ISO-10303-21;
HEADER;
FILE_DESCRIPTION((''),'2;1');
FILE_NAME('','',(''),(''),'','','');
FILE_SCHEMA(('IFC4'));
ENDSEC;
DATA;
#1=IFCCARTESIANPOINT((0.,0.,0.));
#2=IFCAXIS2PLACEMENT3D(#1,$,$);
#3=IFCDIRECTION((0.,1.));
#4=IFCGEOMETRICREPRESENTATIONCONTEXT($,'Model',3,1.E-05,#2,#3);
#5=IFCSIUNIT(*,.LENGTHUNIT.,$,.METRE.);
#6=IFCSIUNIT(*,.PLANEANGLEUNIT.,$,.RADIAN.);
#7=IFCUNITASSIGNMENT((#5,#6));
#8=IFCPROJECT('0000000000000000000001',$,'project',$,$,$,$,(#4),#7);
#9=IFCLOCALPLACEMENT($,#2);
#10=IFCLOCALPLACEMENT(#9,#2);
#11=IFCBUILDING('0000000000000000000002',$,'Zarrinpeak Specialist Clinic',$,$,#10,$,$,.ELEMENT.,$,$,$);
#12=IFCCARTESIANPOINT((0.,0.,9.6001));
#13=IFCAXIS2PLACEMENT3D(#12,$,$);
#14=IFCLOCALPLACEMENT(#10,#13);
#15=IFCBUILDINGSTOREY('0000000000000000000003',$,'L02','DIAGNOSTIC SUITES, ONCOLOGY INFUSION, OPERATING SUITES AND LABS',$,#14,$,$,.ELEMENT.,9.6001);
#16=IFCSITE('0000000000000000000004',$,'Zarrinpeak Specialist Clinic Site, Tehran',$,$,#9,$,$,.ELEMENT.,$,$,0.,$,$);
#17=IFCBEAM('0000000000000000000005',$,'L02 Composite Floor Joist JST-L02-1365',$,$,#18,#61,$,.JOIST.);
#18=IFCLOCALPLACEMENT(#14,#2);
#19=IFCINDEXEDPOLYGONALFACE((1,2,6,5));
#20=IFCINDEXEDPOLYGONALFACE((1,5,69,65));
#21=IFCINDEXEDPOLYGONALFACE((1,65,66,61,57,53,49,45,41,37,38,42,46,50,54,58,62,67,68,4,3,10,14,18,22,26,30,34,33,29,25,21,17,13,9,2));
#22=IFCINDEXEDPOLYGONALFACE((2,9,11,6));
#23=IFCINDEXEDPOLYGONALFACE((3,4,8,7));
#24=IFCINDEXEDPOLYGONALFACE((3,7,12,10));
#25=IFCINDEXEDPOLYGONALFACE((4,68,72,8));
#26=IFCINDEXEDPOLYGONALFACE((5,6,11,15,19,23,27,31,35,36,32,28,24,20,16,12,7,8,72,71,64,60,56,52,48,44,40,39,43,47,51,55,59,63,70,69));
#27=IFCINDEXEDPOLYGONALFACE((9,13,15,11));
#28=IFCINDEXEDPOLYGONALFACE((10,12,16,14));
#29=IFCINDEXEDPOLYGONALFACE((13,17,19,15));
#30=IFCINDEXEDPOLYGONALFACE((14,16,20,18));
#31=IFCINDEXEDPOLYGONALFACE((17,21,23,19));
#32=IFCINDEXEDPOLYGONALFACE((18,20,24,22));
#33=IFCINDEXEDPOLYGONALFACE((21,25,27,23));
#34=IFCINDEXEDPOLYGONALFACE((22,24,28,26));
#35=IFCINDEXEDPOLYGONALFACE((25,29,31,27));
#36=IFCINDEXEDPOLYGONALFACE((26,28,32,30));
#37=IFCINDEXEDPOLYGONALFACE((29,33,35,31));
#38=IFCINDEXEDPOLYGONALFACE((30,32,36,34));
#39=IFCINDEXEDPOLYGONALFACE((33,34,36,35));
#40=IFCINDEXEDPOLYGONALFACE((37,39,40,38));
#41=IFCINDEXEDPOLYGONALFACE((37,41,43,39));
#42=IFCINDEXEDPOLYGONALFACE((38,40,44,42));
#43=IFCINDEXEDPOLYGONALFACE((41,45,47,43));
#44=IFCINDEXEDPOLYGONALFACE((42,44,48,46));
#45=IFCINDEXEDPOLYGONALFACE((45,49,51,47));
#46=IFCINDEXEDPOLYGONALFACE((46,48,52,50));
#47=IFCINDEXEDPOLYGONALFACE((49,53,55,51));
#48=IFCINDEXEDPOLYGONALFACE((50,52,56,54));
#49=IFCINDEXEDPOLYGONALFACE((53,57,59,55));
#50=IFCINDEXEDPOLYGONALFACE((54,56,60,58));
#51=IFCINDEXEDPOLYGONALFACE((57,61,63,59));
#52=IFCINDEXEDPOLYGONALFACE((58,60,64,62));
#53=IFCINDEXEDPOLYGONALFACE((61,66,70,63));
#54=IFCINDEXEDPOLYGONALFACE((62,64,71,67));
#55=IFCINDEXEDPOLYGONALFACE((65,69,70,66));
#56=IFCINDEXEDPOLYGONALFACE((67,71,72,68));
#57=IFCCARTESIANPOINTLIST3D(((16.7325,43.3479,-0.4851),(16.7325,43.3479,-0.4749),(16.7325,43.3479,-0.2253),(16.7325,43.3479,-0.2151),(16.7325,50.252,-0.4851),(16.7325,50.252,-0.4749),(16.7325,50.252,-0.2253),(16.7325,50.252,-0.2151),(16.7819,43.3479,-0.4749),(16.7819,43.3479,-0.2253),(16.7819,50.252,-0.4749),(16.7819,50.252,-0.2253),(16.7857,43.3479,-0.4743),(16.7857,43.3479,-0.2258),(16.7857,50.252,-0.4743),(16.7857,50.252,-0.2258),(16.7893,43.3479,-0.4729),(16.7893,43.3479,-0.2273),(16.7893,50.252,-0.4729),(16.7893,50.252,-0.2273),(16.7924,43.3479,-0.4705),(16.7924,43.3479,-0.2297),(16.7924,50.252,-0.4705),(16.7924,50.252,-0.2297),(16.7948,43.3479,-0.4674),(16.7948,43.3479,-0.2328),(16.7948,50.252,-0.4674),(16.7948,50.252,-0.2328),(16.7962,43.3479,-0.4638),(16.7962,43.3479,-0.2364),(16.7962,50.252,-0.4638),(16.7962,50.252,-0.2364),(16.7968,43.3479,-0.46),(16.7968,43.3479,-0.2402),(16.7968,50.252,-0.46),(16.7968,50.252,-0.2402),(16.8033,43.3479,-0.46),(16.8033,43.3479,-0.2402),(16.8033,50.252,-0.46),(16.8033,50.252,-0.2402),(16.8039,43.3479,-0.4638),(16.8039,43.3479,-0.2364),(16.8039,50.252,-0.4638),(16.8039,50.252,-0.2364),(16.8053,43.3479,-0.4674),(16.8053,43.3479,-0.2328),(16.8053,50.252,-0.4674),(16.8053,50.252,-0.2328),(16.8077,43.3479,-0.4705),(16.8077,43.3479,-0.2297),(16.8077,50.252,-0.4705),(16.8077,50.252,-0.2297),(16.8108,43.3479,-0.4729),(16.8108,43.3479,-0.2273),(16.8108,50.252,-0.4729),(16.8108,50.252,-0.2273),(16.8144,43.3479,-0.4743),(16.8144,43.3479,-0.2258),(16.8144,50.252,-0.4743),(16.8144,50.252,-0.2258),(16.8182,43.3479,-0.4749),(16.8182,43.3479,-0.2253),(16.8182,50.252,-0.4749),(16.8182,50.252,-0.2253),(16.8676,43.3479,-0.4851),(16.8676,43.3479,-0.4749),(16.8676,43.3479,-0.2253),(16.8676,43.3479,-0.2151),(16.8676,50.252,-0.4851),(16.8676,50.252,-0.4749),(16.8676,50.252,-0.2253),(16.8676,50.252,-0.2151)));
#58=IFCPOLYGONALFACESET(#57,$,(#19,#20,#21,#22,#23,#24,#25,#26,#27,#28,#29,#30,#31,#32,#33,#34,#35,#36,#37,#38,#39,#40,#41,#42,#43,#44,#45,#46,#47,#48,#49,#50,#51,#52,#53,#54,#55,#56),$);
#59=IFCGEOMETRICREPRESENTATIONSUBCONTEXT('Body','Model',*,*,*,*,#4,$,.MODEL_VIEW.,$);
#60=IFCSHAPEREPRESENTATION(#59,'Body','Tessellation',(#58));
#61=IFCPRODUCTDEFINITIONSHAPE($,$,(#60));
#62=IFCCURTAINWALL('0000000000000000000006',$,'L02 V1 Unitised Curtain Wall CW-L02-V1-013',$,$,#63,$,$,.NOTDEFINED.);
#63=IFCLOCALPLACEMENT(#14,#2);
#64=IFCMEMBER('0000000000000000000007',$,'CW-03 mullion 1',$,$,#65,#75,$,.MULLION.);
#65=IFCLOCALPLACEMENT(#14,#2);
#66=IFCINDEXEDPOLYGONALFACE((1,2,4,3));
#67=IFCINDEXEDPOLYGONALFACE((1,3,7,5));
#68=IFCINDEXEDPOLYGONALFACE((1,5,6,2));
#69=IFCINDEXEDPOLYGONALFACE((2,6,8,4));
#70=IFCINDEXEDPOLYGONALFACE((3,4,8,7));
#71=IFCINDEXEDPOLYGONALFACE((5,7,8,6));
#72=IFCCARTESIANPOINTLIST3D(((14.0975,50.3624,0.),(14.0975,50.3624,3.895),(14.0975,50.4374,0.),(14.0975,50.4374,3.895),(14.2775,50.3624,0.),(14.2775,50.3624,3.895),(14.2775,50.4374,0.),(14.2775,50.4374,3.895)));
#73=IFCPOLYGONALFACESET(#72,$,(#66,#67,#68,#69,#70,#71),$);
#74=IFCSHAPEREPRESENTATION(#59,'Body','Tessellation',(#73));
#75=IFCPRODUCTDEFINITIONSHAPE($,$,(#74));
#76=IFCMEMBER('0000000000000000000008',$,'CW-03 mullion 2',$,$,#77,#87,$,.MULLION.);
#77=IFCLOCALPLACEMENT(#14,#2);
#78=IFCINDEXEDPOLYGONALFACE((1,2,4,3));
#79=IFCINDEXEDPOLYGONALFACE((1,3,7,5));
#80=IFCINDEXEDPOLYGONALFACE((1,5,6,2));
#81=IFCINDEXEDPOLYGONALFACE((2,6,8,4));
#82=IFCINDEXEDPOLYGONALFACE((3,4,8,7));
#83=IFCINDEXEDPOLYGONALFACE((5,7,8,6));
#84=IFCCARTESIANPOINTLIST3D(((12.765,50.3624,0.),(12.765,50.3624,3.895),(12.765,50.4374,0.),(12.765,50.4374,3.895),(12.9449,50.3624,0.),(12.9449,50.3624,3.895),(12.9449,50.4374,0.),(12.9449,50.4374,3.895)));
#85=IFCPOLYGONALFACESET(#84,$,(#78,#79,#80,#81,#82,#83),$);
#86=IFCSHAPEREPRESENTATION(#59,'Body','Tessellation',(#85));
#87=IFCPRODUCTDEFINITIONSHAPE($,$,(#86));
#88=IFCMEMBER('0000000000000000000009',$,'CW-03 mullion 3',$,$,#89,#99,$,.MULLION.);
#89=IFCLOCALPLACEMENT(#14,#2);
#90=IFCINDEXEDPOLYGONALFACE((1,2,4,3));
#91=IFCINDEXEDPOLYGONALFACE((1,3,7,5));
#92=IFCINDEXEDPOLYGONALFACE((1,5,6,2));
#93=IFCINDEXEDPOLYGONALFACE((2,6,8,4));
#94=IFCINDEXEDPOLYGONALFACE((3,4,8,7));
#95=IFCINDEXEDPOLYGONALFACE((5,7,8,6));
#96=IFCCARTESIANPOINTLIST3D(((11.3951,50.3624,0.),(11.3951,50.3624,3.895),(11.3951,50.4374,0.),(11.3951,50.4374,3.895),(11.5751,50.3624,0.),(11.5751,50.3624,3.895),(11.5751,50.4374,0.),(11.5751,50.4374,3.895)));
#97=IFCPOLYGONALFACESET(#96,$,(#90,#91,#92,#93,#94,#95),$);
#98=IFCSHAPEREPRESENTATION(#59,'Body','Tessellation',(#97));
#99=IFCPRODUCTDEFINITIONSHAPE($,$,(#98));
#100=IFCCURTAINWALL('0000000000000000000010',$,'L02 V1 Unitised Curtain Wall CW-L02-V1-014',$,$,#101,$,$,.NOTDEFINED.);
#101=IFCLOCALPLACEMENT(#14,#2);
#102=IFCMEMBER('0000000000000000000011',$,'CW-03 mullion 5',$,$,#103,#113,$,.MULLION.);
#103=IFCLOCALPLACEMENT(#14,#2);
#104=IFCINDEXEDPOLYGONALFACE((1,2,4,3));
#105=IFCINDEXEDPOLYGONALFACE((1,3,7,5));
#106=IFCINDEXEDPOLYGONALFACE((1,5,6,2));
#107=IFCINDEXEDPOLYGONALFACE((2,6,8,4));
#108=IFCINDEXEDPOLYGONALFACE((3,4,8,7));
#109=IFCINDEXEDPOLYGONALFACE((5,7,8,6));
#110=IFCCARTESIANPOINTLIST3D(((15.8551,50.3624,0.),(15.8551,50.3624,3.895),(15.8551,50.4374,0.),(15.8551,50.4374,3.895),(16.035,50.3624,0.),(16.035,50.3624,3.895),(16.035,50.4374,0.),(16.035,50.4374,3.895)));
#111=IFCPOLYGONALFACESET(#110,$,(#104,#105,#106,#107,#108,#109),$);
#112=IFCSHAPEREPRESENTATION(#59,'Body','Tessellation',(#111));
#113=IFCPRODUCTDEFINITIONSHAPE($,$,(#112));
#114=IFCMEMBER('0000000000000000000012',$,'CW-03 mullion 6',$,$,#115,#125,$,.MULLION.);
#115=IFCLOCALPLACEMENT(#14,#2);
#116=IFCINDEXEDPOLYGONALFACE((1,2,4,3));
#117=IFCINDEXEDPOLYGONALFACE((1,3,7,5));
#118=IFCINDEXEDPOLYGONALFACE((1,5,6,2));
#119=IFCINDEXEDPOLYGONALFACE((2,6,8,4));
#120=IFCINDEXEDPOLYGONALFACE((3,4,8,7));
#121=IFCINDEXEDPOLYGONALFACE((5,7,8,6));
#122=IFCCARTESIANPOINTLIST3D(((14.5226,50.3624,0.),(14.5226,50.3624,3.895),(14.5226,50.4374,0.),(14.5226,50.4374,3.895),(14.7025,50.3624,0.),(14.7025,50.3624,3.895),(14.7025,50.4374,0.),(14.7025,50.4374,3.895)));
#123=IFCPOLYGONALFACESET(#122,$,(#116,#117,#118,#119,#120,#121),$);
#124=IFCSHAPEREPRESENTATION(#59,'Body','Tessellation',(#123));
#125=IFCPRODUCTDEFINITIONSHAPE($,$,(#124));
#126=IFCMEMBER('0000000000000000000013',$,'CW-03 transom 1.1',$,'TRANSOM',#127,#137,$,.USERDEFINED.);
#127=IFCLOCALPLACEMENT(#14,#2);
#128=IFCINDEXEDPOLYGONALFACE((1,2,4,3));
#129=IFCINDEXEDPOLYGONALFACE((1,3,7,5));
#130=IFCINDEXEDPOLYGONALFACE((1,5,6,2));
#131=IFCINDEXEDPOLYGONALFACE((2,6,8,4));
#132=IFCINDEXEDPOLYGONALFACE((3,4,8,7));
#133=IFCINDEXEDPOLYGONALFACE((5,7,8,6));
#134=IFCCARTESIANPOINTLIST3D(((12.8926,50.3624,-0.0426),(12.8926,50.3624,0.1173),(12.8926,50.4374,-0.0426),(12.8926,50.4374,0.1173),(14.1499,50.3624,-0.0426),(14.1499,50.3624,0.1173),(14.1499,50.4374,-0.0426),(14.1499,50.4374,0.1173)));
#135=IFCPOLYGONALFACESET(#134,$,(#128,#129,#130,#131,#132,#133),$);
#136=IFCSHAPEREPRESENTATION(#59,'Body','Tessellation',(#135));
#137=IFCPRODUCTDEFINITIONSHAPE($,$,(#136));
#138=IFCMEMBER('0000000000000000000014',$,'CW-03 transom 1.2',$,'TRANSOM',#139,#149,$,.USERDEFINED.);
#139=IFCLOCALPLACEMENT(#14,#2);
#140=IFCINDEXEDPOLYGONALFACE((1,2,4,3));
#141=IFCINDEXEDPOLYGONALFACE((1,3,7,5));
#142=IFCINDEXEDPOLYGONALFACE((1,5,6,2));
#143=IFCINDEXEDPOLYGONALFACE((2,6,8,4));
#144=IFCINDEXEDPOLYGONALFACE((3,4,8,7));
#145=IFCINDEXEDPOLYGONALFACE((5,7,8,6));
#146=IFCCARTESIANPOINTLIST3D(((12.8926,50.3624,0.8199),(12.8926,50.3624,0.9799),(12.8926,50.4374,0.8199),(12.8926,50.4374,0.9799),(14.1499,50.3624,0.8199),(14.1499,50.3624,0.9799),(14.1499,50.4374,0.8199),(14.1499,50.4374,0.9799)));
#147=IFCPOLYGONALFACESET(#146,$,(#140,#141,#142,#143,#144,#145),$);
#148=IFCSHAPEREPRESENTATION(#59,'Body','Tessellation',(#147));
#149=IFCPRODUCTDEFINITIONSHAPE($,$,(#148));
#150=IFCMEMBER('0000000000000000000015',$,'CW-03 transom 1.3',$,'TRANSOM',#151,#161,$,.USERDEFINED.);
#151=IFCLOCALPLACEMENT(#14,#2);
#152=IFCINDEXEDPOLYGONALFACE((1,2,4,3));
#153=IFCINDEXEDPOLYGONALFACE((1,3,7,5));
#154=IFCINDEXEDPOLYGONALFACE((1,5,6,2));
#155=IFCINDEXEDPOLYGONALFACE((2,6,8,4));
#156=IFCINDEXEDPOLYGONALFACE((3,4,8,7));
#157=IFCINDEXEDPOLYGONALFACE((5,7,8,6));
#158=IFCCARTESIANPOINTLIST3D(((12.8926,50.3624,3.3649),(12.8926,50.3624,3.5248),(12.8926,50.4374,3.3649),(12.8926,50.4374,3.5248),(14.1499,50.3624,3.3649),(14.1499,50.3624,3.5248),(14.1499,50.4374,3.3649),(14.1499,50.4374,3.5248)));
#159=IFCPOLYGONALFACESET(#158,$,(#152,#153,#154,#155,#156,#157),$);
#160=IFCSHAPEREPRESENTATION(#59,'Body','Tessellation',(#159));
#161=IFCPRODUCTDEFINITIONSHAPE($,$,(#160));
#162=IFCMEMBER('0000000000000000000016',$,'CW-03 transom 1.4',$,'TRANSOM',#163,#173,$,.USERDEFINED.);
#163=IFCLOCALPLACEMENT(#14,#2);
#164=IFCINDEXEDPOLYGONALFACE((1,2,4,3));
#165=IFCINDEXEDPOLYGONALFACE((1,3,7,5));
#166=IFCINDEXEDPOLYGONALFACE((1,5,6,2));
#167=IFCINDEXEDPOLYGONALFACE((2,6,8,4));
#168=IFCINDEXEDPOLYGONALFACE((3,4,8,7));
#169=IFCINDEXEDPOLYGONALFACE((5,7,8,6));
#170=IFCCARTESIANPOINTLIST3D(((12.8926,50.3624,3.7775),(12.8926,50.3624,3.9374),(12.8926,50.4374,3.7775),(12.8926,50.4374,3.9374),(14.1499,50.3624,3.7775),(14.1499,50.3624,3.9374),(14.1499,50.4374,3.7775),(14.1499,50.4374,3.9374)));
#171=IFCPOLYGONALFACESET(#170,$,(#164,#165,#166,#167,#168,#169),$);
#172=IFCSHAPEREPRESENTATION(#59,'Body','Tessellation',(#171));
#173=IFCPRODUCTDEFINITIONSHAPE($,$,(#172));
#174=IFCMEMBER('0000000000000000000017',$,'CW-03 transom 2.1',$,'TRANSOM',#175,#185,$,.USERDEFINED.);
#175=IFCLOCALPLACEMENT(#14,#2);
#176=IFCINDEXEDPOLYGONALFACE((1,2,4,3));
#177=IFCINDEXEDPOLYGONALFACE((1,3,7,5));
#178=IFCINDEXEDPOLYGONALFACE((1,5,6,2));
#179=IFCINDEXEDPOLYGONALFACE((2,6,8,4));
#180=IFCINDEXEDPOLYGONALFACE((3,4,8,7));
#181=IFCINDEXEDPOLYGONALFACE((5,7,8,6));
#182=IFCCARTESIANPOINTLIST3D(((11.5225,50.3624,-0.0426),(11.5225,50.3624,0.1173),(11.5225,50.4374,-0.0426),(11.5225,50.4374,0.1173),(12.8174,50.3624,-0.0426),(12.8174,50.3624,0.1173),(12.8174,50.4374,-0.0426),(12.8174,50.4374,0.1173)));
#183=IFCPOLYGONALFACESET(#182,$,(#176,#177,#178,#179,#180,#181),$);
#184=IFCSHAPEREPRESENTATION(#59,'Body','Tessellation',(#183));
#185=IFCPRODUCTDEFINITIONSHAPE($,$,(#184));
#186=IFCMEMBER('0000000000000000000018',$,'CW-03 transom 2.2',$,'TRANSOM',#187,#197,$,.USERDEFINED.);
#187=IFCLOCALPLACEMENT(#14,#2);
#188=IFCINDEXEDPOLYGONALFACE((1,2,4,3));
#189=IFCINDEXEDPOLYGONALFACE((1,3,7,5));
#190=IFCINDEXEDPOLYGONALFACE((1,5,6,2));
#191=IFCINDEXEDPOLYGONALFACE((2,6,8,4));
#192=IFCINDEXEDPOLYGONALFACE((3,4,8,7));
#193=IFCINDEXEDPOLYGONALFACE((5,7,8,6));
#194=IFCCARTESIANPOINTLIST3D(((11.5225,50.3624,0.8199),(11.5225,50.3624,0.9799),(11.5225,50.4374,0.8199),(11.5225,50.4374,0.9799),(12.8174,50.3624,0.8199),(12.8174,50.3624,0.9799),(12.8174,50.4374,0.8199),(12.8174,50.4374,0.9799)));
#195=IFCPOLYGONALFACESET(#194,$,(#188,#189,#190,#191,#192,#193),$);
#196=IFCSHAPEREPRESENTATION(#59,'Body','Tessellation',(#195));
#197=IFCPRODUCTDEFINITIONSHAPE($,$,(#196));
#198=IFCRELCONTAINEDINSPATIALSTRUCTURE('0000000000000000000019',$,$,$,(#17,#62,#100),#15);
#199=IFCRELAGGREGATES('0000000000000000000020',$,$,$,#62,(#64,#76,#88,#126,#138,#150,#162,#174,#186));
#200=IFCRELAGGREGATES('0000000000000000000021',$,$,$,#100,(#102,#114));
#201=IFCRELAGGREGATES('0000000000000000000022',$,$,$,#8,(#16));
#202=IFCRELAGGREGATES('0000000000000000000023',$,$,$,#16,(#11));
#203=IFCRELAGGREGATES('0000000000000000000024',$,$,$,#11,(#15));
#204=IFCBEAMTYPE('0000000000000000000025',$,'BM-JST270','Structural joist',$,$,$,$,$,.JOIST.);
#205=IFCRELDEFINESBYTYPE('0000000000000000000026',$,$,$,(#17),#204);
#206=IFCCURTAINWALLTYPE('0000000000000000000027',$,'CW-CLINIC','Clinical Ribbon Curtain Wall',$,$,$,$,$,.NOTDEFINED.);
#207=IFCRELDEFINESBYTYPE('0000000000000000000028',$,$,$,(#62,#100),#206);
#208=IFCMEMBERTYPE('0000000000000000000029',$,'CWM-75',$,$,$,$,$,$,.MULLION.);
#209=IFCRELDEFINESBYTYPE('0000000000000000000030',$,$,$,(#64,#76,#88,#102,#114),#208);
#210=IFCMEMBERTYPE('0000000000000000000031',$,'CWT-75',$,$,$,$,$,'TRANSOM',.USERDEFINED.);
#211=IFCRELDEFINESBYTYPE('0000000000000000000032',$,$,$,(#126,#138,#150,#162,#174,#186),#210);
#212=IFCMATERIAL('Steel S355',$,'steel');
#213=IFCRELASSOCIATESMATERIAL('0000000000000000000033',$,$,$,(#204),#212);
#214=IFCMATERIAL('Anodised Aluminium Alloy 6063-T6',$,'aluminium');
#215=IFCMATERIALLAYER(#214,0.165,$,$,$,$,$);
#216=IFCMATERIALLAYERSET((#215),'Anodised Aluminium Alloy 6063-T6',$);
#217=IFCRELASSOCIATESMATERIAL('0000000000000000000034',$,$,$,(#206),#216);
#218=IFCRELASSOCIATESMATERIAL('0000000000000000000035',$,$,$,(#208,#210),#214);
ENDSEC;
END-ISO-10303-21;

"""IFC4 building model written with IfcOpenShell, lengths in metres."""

from ifc_helpers import new_model, si_unit, direction, frame, origin, origin_2d, place, context, subcontext, project, spatial, rectangle, i_section, extrude, material, layer, layer_set, material_profile, profile_set, type_object, element, aggregate, save


model = new_model("IFC4")

# Units and contexts
model_context = context("Model", 3, precision=1e-05, world=origin(), true_north=direction((0.0, 1.0)))
body_context = subcontext(model_context, "Body", "Model", "MODEL_VIEW")
ifc_project = project(units=[si_unit("LENGTHUNIT", "METRE"), si_unit("PLANEANGLEUNIT", "RADIAN")], contexts=[model_context])

# Site, building, storey
site_placement = place(None, origin())
site = spatial("IfcSite", under=ifc_project, at=site_placement, Name="Zarrinpeak Specialist Clinic Site, Tehran", CompositionType="ELEMENT", RefElevation=0.0)
building_placement = place(site_placement, origin())
building = spatial("IfcBuilding", under=site, at=building_placement, Name="Zarrinpeak Specialist Clinic", CompositionType="ELEMENT")
storey_placement = place(building_placement, frame((0.0, 0.0, 9.6001)))
storey = spatial("IfcBuildingStorey", under=building, at=storey_placement, Name="L02", Description="DIAGNOSTIC SUITES, ONCOLOGY INFUSION, OPERATING SUITES AND LABS", CompositionType="ELEMENT", Elevation=9.6001)

# Shared definitions
ifc_material_1 = material(Name="Steel S355", Category="steel")

# Beam
ifc_material_profile_1 = material_profile(ifc_material_1, i_section(OverallWidth=0.135, OverallDepth=0.27, WebThickness=0.0066, FlangeThickness=0.0103, FilletRadius=0.0149, at=origin_2d()), Name="IPE 270")
ifc_profile_set_1 = profile_set([ifc_material_profile_1], Name="Steel S355")
beam_type_1 = type_object("IfcBeamType", Name="BM-JST270", Description="Structural joist", PredefinedType="JOIST", material=ifc_profile_set_1)
for number, where, z_axis, x_axis, name in (
    (1, (16.8, 43.3479, -0.3501), (0.0, 1.0, 0.0), (-1.0, 0.0, 0.0), "L02 Composite Floor Joist JST-L02-1365"),
):
    element("IfcBeam", number, at=place(storey_placement, frame(where, z_axis=z_axis, x_axis=x_axis)), inside=storey, type_object=beam_type_1, Name=name, PredefinedType="JOIST", context=body_context, shape_type="SweptSolid", body=[
        extrude(i_section(OverallWidth=0.135, OverallDepth=0.27, WebThickness=0.0066, FlangeThickness=0.0103, FilletRadius=0.0149, at=origin_2d()), origin(), (0.0, 0.0, 1.0), 6.9041),
    ])

# Curtain walls, members
ifc_material_2 = material(Name="Anodised Aluminium Alloy 6063-T6", Category="aluminium")
ifc_layer_1 = layer(ifc_material_2, 0.165)
ifc_layer_set_1 = layer_set([ifc_layer_1], Name="Anodised Aluminium Alloy 6063-T6")
curtain_wall_type = type_object("IfcCurtainWallType", Name="CW-CLINIC", Description="Clinical Ribbon Curtain Wall", PredefinedType="NOTDEFINED", material=ifc_layer_set_1)
curtain_wall_1_placement = place(storey_placement, origin())
curtain_wall_1 = element("IfcCurtainWall", 2, at=curtain_wall_1_placement, inside=storey, type_object=curtain_wall_type, Name="L02 V1 Unitised Curtain Wall CW-L02-V1-013", PredefinedType="NOTDEFINED")
ifc_material_profile_2 = material_profile(ifc_material_2, rectangle(XDim=0.075, YDim=0.1799, at=origin_2d()), Name="ALU 75x180")
ifc_profile_set_2 = profile_set([ifc_material_profile_2], Name="Anodised Aluminium Alloy 6063-T6")
member_type_1 = type_object("IfcMemberType", Name="CWM-75", PredefinedType="MULLION", material=ifc_profile_set_2)
member_1_placement = place(storey_placement, frame((14.1875, 50.3999, 0.0), z_axis=(0.0, 0.0, 1.0), x_axis=(0.0, -1.0, 0.0)))
member_1 = element("IfcMember", 3, at=member_1_placement, type_object=member_type_1, Name="CW-03 mullion 1", PredefinedType="MULLION", context=body_context, shape_type="SweptSolid", body=[
    extrude(rectangle(XDim=0.075, YDim=0.1799, at=origin_2d()), origin(), (0.0, 0.0, 1.0), 3.895),
])
member_2_placement = place(storey_placement, frame((12.855, 50.3999, 0.0), z_axis=(0.0, 0.0, 1.0), x_axis=(0.0, -1.0, 0.0)))
member_2 = element("IfcMember", 4, at=member_2_placement, type_object=member_type_1, Name="CW-03 mullion 2", PredefinedType="MULLION", context=body_context, shape_type="SweptSolid", body=[
    extrude(rectangle(XDim=0.075, YDim=0.1799, at=origin_2d()), origin(), (0.0, 0.0, 1.0), 3.895),
])
member_3_placement = place(storey_placement, frame((11.4851, 50.3999, 0.0), z_axis=(0.0, 0.0, 1.0), x_axis=(0.0, -1.0, 0.0)))
member_3 = element("IfcMember", 5, at=member_3_placement, type_object=member_type_1, Name="CW-03 mullion 3", PredefinedType="MULLION", context=body_context, shape_type="SweptSolid", body=[
    extrude(rectangle(XDim=0.075, YDim=0.1799, at=origin_2d()), origin(), (0.0, 0.0, 1.0), 3.895),
])
curtain_wall_2_placement = place(storey_placement, origin())
curtain_wall_2 = element("IfcCurtainWall", 6, at=curtain_wall_2_placement, inside=storey, type_object=curtain_wall_type, Name="L02 V1 Unitised Curtain Wall CW-L02-V1-014", PredefinedType="NOTDEFINED")
member_4_placement = place(storey_placement, frame((15.9451, 50.3999, 0.0), z_axis=(0.0, 0.0, 1.0), x_axis=(0.0, -1.0, 0.0)))
member_4 = element("IfcMember", 7, at=member_4_placement, type_object=member_type_1, Name="CW-03 mullion 5", PredefinedType="MULLION", context=body_context, shape_type="SweptSolid", body=[
    extrude(rectangle(XDim=0.075, YDim=0.1799, at=origin_2d()), origin(), (0.0, 0.0, 1.0), 3.895),
])
member_5_placement = place(storey_placement, frame((14.6125, 50.3999, 0.0), z_axis=(0.0, 0.0, 1.0), x_axis=(0.0, -1.0, 0.0)))
member_5 = element("IfcMember", 8, at=member_5_placement, type_object=member_type_1, Name="CW-03 mullion 6", PredefinedType="MULLION", context=body_context, shape_type="SweptSolid", body=[
    extrude(rectangle(XDim=0.075, YDim=0.1799, at=origin_2d()), origin(), (0.0, 0.0, 1.0), 3.895),
])

# Members
ifc_material_profile_3 = material_profile(ifc_material_2, rectangle(XDim=0.075, YDim=0.1599, at=origin_2d()), Name="ALU 75x160")
ifc_profile_set_3 = profile_set([ifc_material_profile_3], Name="Anodised Aluminium Alloy 6063-T6")
member_type_2 = type_object("IfcMemberType", Name="CWT-75", ElementType="TRANSOM", PredefinedType="USERDEFINED", material=ifc_profile_set_3)
member_6_placement = place(storey_placement, frame((14.1499, 50.3999, 0.0374), z_axis=(-1.0, 0.0, 0.0), x_axis=(0.0, -1.0, 0.0)))
member_6 = element("IfcMember", 9, at=member_6_placement, type_object=member_type_2, Name="CW-03 transom 1.1", ObjectType="TRANSOM", PredefinedType="USERDEFINED", context=body_context, shape_type="SweptSolid", body=[
    extrude(rectangle(XDim=0.075, YDim=0.1599, at=origin_2d()), origin(), (0.0, 0.0, 1.0), 1.2573),
])
member_7_placement = place(storey_placement, frame((14.1499, 50.3999, 0.8999), z_axis=(-1.0, 0.0, 0.0), x_axis=(0.0, -1.0, 0.0)))
member_7 = element("IfcMember", 10, at=member_7_placement, type_object=member_type_2, Name="CW-03 transom 1.2", ObjectType="TRANSOM", PredefinedType="USERDEFINED", context=body_context, shape_type="SweptSolid", body=[
    extrude(rectangle(XDim=0.075, YDim=0.1599, at=origin_2d()), origin(), (0.0, 0.0, 1.0), 1.2573),
])
member_8_placement = place(storey_placement, frame((14.1499, 50.3999, 3.4448), z_axis=(-1.0, 0.0, 0.0), x_axis=(0.0, -1.0, 0.0)))
member_8 = element("IfcMember", 11, at=member_8_placement, type_object=member_type_2, Name="CW-03 transom 1.3", ObjectType="TRANSOM", PredefinedType="USERDEFINED", context=body_context, shape_type="SweptSolid", body=[
    extrude(rectangle(XDim=0.075, YDim=0.1599, at=origin_2d()), origin(), (0.0, 0.0, 1.0), 1.2573),
])
member_9_placement = place(storey_placement, frame((14.1499, 50.3999, 3.8574), z_axis=(-1.0, 0.0, 0.0), x_axis=(0.0, -1.0, 0.0)))
member_9 = element("IfcMember", 12, at=member_9_placement, type_object=member_type_2, Name="CW-03 transom 1.4", ObjectType="TRANSOM", PredefinedType="USERDEFINED", context=body_context, shape_type="SweptSolid", body=[
    extrude(rectangle(XDim=0.075, YDim=0.1599, at=origin_2d()), origin(), (0.0, 0.0, 1.0), 1.2573),
])
member_10_placement = place(storey_placement, frame((12.8174, 50.3999, 0.0374), z_axis=(-1.0, 0.0, 0.0), x_axis=(0.0, -1.0, 0.0)))
member_10 = element("IfcMember", 13, at=member_10_placement, type_object=member_type_2, Name="CW-03 transom 2.1", ObjectType="TRANSOM", PredefinedType="USERDEFINED", context=body_context, shape_type="SweptSolid", body=[
    extrude(rectangle(XDim=0.075, YDim=0.1599, at=origin_2d()), origin(), (0.0, 0.0, 1.0), 1.2949),
])
member_11_placement = place(storey_placement, frame((12.8174, 50.3999, 0.8999), z_axis=(-1.0, 0.0, 0.0), x_axis=(0.0, -1.0, 0.0)))
member_11 = element("IfcMember", 14, at=member_11_placement, type_object=member_type_2, Name="CW-03 transom 2.2", ObjectType="TRANSOM", PredefinedType="USERDEFINED", context=body_context, shape_type="SweptSolid", body=[
    extrude(rectangle(XDim=0.075, YDim=0.1599, at=origin_2d()), origin(), (0.0, 0.0, 1.0), 1.2949),
])

aggregate(curtain_wall_1, [member_1, member_2, member_3, member_6, member_7, member_8, member_9, member_10, member_11])
aggregate(curtain_wall_2, [member_4, member_5])

save(model, "model.ifc")
